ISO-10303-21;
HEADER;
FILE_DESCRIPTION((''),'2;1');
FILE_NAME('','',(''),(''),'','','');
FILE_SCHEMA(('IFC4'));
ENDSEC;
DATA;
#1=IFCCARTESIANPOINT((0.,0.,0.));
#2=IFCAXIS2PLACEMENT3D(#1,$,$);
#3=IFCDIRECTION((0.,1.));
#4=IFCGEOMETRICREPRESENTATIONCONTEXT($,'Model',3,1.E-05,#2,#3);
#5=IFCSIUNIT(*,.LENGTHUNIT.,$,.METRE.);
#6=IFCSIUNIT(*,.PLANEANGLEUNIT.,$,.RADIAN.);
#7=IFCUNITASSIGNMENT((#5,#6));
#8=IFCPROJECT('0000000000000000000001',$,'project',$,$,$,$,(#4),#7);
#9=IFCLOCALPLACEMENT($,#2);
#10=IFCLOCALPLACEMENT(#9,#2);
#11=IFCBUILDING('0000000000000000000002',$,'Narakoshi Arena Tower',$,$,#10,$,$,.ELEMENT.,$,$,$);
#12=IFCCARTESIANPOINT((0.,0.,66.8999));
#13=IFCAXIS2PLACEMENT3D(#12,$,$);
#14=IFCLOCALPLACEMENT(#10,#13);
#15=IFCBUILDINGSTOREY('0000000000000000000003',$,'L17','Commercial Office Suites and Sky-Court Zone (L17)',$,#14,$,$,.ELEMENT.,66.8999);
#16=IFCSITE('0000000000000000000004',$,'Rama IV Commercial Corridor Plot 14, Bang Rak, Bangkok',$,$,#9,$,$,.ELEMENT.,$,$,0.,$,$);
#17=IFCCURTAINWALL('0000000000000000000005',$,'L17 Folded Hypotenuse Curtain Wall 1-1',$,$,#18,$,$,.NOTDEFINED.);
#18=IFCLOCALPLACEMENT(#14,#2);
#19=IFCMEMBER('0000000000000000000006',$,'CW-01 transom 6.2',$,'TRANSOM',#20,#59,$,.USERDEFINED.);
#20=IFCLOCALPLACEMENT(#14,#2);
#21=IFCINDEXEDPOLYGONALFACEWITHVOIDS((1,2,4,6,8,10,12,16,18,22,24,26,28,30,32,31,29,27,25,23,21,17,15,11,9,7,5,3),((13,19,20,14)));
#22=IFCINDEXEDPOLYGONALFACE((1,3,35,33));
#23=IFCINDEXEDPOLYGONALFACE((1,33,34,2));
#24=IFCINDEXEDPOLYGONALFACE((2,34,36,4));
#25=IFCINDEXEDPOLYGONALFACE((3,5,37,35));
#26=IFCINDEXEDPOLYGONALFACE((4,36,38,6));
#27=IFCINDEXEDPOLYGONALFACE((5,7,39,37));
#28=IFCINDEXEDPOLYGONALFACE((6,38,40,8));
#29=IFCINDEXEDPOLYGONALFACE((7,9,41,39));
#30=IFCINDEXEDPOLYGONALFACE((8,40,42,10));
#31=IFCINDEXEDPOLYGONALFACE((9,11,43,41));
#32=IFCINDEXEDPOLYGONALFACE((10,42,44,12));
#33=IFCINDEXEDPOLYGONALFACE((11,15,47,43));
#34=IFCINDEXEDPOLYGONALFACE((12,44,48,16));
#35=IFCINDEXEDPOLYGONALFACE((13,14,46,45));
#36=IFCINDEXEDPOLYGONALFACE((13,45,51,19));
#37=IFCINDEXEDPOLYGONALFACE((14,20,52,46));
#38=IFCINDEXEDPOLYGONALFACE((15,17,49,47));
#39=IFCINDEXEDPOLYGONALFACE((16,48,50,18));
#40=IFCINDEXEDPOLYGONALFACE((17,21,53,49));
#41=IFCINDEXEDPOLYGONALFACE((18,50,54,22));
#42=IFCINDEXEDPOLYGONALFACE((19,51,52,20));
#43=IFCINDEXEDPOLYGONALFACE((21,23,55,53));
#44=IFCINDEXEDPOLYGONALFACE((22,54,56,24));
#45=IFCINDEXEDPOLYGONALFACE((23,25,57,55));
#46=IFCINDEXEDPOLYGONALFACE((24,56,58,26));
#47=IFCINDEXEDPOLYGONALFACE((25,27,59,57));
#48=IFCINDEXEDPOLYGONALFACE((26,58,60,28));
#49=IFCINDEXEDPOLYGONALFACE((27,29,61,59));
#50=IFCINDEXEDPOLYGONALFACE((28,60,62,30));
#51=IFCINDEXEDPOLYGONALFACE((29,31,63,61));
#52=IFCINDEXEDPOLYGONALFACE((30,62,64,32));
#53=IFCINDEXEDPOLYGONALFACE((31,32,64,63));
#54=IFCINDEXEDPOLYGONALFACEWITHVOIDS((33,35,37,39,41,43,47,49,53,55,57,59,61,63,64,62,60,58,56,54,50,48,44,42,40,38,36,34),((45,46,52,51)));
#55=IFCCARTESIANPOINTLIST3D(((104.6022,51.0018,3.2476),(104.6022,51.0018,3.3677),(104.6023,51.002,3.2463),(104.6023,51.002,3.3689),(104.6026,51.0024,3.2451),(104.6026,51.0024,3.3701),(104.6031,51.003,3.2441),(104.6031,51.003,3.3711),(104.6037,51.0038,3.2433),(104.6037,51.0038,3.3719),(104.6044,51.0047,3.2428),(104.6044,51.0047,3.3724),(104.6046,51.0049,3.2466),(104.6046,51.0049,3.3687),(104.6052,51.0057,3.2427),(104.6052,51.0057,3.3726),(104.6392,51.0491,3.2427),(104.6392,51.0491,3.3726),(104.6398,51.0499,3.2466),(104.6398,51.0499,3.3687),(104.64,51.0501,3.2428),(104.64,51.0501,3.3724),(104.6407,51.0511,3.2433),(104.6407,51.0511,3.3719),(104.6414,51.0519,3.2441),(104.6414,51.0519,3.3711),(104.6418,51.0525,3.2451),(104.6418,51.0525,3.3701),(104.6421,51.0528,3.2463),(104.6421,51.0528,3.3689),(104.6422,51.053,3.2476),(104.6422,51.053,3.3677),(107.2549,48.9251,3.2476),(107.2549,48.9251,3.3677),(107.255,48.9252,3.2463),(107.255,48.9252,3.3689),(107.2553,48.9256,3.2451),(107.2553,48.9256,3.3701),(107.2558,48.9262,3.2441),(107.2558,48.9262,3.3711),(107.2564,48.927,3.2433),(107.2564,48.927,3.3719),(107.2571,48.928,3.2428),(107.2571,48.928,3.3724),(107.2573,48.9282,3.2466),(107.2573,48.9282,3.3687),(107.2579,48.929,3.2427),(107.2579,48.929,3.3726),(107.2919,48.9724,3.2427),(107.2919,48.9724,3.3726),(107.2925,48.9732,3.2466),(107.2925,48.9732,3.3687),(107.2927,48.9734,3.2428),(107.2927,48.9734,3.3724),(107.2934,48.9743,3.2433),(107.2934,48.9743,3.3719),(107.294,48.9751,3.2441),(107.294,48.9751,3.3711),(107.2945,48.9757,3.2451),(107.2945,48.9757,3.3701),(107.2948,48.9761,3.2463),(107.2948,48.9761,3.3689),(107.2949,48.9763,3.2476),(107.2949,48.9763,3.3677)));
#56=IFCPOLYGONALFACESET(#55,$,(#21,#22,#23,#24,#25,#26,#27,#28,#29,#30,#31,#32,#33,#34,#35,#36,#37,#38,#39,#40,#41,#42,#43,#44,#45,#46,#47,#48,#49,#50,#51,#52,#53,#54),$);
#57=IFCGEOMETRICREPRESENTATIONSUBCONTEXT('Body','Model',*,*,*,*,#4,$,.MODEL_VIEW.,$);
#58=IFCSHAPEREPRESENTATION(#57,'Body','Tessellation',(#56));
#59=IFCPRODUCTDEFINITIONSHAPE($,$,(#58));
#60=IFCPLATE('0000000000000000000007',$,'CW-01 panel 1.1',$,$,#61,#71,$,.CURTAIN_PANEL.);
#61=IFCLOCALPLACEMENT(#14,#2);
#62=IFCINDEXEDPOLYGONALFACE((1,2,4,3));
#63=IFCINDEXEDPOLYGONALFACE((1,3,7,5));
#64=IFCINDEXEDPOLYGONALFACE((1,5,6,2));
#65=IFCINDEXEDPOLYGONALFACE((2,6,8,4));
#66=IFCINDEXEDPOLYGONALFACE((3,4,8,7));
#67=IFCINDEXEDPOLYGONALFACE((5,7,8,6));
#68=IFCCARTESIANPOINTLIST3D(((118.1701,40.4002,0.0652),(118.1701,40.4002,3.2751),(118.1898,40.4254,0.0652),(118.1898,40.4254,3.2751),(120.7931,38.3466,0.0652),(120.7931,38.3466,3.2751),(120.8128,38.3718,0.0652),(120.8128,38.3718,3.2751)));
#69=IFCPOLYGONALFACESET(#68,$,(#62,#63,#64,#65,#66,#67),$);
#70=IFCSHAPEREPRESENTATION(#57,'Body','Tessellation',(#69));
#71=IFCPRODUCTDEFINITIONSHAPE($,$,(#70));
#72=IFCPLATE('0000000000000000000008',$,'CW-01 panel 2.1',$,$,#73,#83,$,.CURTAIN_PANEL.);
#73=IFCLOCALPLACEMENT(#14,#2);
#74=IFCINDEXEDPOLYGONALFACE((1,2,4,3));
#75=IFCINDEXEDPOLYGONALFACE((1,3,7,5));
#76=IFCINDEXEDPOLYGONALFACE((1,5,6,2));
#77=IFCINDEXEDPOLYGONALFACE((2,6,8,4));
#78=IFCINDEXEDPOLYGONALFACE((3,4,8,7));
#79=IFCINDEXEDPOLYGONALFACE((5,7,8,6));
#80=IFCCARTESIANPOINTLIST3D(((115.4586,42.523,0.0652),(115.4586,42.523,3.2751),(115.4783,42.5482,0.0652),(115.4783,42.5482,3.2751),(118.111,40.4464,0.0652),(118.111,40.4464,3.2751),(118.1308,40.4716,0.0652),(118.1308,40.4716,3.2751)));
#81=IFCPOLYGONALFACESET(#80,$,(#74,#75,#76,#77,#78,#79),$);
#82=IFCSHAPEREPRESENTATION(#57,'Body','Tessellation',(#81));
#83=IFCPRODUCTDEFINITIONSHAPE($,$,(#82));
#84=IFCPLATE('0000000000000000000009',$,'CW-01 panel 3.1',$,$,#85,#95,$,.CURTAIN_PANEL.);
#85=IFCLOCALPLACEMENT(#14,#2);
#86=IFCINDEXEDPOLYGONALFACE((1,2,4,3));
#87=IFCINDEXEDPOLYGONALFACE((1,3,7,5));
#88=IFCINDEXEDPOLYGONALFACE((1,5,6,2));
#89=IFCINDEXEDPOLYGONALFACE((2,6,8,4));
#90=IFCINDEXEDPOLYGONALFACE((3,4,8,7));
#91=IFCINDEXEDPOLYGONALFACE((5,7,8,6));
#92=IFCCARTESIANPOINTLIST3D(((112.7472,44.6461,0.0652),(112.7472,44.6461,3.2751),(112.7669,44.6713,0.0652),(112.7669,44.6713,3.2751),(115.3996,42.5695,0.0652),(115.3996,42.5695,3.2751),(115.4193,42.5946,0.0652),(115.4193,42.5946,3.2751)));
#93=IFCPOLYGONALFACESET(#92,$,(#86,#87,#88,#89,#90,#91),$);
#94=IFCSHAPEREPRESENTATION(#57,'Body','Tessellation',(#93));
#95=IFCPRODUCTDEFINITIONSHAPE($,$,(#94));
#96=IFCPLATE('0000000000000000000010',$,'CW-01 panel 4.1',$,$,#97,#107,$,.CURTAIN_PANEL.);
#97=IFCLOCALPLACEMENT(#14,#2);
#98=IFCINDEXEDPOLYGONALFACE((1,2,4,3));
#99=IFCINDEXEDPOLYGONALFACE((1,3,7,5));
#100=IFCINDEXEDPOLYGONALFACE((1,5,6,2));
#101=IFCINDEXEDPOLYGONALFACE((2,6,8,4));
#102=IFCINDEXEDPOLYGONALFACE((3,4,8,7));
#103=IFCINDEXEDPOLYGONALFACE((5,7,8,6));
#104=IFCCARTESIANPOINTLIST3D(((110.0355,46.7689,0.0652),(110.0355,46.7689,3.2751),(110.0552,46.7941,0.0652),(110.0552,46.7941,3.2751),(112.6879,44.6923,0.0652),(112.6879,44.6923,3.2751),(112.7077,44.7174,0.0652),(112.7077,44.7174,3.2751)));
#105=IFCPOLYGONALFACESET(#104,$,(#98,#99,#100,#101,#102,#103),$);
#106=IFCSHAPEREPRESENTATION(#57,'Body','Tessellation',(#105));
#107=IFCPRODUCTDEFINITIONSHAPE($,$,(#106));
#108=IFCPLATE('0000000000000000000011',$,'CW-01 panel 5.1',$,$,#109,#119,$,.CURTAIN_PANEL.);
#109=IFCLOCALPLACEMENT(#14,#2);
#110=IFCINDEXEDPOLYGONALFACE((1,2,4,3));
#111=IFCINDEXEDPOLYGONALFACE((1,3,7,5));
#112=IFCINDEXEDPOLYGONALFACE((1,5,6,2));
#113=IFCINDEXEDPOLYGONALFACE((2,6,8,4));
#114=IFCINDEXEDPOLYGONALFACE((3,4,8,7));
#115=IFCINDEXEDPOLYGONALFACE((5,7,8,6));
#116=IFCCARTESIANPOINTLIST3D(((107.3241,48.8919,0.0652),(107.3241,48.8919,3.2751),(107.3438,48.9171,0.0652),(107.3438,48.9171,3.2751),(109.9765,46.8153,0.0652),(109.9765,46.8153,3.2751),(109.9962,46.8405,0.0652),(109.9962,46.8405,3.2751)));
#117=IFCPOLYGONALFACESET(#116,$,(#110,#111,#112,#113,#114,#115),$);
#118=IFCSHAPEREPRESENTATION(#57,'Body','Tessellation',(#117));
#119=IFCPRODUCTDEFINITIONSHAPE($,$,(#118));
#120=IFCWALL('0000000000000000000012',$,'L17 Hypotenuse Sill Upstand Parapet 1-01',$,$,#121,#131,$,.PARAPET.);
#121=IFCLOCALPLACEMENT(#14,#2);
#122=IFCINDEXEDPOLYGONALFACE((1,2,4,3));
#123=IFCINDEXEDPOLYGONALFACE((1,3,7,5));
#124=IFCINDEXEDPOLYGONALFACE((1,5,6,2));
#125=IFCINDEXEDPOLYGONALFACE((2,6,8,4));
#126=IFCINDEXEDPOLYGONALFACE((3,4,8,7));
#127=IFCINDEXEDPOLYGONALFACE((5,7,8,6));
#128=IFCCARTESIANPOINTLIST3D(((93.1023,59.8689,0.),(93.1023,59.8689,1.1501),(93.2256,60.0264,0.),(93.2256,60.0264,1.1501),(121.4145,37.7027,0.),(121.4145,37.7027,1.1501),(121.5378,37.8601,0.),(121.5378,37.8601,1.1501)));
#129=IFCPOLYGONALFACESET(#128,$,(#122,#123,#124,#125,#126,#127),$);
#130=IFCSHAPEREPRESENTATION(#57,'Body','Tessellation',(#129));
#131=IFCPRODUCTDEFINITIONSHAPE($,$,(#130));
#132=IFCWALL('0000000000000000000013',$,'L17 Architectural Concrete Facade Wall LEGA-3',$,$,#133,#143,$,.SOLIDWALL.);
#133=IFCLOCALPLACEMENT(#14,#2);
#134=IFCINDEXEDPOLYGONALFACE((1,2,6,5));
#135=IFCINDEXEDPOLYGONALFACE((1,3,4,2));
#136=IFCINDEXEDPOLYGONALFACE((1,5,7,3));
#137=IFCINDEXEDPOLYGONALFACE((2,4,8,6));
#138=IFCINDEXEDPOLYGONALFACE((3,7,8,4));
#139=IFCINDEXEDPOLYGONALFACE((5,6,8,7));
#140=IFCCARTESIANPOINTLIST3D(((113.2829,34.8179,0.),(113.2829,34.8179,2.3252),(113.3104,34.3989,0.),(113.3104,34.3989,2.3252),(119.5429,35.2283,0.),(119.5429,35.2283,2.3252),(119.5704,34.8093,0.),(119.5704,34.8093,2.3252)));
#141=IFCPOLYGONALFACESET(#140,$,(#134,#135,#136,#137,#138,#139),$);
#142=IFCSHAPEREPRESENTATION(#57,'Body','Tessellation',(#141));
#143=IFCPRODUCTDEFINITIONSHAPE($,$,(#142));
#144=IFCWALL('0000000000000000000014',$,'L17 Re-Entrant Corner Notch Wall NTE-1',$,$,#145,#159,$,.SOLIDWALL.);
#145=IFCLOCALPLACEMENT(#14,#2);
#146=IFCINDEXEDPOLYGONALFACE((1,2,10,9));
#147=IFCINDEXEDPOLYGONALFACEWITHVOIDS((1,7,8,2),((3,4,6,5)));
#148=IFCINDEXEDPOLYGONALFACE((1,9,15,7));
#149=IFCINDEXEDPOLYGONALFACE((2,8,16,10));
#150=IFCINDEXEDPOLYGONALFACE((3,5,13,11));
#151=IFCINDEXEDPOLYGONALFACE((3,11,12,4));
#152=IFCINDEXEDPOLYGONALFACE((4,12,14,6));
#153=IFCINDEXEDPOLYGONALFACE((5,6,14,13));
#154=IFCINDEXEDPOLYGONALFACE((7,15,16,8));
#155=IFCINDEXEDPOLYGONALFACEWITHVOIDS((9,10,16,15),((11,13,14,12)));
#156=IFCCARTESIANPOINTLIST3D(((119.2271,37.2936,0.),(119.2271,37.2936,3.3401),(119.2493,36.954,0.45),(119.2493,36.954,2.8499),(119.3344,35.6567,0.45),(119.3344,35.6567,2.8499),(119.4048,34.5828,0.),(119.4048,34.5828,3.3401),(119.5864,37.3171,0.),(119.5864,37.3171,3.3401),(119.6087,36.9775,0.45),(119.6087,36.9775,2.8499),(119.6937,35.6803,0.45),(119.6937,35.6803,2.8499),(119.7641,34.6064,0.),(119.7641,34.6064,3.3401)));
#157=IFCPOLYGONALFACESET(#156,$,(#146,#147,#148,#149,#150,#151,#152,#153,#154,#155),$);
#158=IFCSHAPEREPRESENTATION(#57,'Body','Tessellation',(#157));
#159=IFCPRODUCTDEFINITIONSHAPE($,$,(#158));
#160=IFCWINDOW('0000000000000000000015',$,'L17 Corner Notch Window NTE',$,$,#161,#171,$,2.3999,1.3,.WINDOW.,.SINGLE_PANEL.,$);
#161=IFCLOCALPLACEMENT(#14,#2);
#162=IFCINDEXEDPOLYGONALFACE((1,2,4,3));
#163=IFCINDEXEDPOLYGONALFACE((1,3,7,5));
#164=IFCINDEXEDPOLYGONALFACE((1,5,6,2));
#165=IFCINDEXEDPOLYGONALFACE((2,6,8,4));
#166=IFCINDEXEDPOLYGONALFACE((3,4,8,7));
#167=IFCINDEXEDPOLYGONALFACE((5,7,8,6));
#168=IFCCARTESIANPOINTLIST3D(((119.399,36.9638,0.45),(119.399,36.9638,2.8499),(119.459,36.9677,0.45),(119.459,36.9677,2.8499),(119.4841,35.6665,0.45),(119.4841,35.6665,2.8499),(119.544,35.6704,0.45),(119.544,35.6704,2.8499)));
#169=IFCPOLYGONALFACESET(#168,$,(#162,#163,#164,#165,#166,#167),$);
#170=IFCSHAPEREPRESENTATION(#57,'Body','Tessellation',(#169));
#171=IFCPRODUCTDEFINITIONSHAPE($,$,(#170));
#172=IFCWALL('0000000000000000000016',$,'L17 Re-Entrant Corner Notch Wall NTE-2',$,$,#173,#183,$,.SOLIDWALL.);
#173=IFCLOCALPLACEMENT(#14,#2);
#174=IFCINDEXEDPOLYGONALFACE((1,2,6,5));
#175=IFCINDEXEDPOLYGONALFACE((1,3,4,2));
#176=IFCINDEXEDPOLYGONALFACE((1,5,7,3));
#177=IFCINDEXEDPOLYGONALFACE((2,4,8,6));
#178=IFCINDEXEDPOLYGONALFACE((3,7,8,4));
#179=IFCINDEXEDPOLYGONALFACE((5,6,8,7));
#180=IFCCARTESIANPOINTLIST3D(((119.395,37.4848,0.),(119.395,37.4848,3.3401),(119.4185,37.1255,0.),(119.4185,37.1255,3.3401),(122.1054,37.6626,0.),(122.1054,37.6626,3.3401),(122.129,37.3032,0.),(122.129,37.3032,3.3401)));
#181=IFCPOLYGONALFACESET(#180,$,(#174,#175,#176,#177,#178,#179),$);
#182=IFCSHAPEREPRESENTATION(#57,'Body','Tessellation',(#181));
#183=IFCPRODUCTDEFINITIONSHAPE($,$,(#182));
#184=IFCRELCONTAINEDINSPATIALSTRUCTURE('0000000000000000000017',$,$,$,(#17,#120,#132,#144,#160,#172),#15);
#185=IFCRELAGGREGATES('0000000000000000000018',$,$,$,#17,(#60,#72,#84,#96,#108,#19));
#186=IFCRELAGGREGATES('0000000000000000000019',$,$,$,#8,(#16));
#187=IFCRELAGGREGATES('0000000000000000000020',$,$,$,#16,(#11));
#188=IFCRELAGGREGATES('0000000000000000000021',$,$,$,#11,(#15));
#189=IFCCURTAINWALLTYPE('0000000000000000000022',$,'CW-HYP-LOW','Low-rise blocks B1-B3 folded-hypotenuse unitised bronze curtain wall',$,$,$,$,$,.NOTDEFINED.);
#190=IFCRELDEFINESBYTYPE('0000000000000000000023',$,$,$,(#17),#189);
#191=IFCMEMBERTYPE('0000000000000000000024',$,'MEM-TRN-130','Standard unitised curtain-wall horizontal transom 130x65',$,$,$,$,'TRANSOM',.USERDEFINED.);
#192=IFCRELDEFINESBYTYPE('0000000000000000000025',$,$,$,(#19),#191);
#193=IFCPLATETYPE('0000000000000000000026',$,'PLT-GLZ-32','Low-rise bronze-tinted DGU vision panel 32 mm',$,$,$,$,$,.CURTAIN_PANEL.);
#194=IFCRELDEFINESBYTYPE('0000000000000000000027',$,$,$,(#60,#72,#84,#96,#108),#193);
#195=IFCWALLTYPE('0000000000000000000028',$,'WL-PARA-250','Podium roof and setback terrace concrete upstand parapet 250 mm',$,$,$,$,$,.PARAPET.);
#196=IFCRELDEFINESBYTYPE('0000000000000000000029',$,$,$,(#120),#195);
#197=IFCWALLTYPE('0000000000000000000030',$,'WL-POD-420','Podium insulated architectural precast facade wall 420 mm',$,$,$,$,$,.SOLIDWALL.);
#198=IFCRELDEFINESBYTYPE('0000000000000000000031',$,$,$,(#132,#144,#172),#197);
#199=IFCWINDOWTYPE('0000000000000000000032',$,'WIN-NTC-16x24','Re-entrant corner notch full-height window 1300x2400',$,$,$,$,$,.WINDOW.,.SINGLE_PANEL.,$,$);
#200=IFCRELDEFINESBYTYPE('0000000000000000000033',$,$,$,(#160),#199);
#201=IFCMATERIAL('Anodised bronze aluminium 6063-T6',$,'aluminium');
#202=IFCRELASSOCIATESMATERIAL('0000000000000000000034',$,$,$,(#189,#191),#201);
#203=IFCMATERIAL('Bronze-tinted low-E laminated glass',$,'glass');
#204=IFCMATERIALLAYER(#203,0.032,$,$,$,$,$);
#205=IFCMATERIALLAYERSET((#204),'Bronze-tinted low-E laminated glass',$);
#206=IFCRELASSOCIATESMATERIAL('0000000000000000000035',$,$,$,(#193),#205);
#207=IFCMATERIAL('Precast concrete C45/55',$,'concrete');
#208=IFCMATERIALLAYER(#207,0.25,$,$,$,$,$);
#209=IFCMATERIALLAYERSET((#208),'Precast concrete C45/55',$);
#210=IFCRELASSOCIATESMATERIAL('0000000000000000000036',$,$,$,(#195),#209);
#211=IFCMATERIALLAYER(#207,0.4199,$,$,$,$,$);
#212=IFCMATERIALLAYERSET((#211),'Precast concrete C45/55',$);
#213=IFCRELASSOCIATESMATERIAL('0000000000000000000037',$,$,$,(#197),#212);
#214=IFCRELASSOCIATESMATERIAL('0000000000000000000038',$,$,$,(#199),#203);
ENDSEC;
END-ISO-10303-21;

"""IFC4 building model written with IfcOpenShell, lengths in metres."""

from ifc_helpers import new_model, si_unit, direction, frame, frame_2d, origin, origin_2d, place, context, subcontext, project, spatial, rectangle, hollow_rectangle, extrude, material, layer, layer_set, material_profile, profile_set, type_object, element, fill, aggregate, save


model = new_model("IFC4")

# Units and contexts
model_context = context("Model", 3, precision=1e-05, world=origin(), true_north=direction((0.0, 1.0)))
body_context = subcontext(model_context, "Body", "Model", "MODEL_VIEW")
ifc_project = project(units=[si_unit("LENGTHUNIT", "METRE"), si_unit("PLANEANGLEUNIT", "RADIAN")], contexts=[model_context])

# Site, building, storey
site_placement = place(None, origin())
site = spatial("IfcSite", under=ifc_project, at=site_placement, Name="Rama IV Commercial Corridor Plot 14, Bang Rak, Bangkok", CompositionType="ELEMENT", RefElevation=0.0)
building_placement = place(site_placement, origin())
building = spatial("IfcBuilding", under=site, at=building_placement, Name="Narakoshi Arena Tower", CompositionType="ELEMENT")
storey_placement = place(building_placement, frame((0.0, 0.0, 66.8999)))
storey = spatial("IfcBuildingStorey", under=building, at=storey_placement, Name="L17", Description="Commercial Office Suites and Sky-Court Zone (L17)", CompositionType="ELEMENT", Elevation=66.8999)

# Curtain wall, member, plates
ifc_material_1 = material(Name="Anodised bronze aluminium 6063-T6", Category="aluminium")
curtain_wall_type = type_object("IfcCurtainWallType", Name="CW-HYP-LOW", Description="Low-rise blocks B1-B3 folded-hypotenuse unitised bronze curtain wall", PredefinedType="NOTDEFINED", material=ifc_material_1)
curtain_wall_placement = place(storey_placement, origin())
curtain_wall = element("IfcCurtainWall", 1, at=curtain_wall_placement, inside=storey, type_object=curtain_wall_type, Name="L17 Folded Hypotenuse Curtain Wall 1-1", PredefinedType="NOTDEFINED")
ifc_material_profile_1 = material_profile(ifc_material_1, hollow_rectangle(XDim=0.0649, YDim=0.1299, WallThickness=0.0039, OuterFilletRadius=0.0049, at=origin_2d()), Name="TRN130x65x4")
ifc_profile_set_1 = profile_set([ifc_material_profile_1], Name="Anodised bronze aluminium 6063-T6")
member_type_1 = type_object("IfcMemberType", Name="MEM-TRN-130", Description="Standard unitised curtain-wall horizontal transom 130x65", ElementType="TRANSOM", PredefinedType="USERDEFINED", material=ifc_profile_set_1)
member_1_placement = place(storey_placement, frame((107.2749, 48.9507, 3.3076), z_axis=(-0.787401, 0.616441, 0.0), x_axis=(-0.616441, -0.787401, 0.0)))
member_1 = element("IfcMember", 2, at=member_1_placement, type_object=member_type_1, Name="CW-01 transom 6.2", ObjectType="TRANSOM", PredefinedType="USERDEFINED", context=body_context, shape_type="SweptSolid", body=[
    extrude(hollow_rectangle(XDim=0.0649, YDim=0.1299, WallThickness=0.0039, OuterFilletRadius=0.0049, at=origin_2d()), origin(), (0.0, 0.0, 1.0), 3.3689),
])
ifc_material_2 = material(Name="Bronze-tinted low-E laminated glass", Category="glass")
ifc_layer_1 = layer(ifc_material_2, 0.032)
ifc_layer_set_1 = layer_set([ifc_layer_1], Name="Bronze-tinted low-E laminated glass")
plate_type = type_object("IfcPlateType", Name="PLT-GLZ-32", Description="Low-rise bronze-tinted DGU vision panel 32 mm", PredefinedType="CURTAIN_PANEL", material=ifc_layer_set_1)
plate_1_placement = place(storey_placement, frame((119.4915, 39.386, 0.0652), z_axis=(0.0, 0.0, 1.0), x_axis=(-0.787388, 0.616458, 0.0)))
plate_1 = element("IfcPlate", 3, at=plate_1_placement, type_object=plate_type, Name="CW-01 panel 1.1", PredefinedType="CURTAIN_PANEL", context=body_context, shape_type="SweptSolid", body=[
    extrude(rectangle(XDim=3.3313, YDim=0.032, at=origin_2d()), origin(), (0.0, 0.0, 1.0), 3.21),
])
plate_2_placement = place(storey_placement, frame((116.7947, 41.4973, 0.0652), z_axis=(0.0, 0.0, 1.0), x_axis=(-0.787388, 0.616458, 0.0)))
plate_2 = element("IfcPlate", 4, at=plate_2_placement, type_object=plate_type, Name="CW-01 panel 2.1", PredefinedType="CURTAIN_PANEL", context=body_context, shape_type="SweptSolid", body=[
    extrude(rectangle(XDim=3.3687, YDim=0.032, at=origin_2d()), origin(), (0.0, 0.0, 1.0), 3.21),
])
plate_3_placement = place(storey_placement, frame((114.0833, 43.6204, 0.0652), z_axis=(0.0, 0.0, 1.0), x_axis=(-0.787388, 0.616458, 0.0)))
plate_3 = element("IfcPlate", 5, at=plate_3_placement, type_object=plate_type, Name="CW-01 panel 3.1", PredefinedType="CURTAIN_PANEL", context=body_context, shape_type="SweptSolid", body=[
    extrude(rectangle(XDim=3.3687, YDim=0.032, at=origin_2d()), origin(), (0.0, 0.0, 1.0), 3.21),
])
plate_4_placement = place(storey_placement, frame((111.3716, 45.7432, 0.0652), z_axis=(0.0, 0.0, 1.0), x_axis=(-0.787388, 0.616458, 0.0)))
plate_4 = element("IfcPlate", 6, at=plate_4_placement, type_object=plate_type, Name="CW-01 panel 4.1", PredefinedType="CURTAIN_PANEL", context=body_context, shape_type="SweptSolid", body=[
    extrude(rectangle(XDim=3.3687, YDim=0.032, at=origin_2d()), origin(), (0.0, 0.0, 1.0), 3.21),
])
plate_5_placement = place(storey_placement, frame((108.6602, 47.8662, 0.0652), z_axis=(0.0, 0.0, 1.0), x_axis=(-0.787388, 0.616458, 0.0)))
plate_5 = element("IfcPlate", 7, at=plate_5_placement, type_object=plate_type, Name="CW-01 panel 5.1", PredefinedType="CURTAIN_PANEL", context=body_context, shape_type="SweptSolid", body=[
    extrude(rectangle(XDim=3.3687, YDim=0.032, at=origin_2d()), origin(), (0.0, 0.0, 1.0), 3.21),
])
aggregate(curtain_wall, [plate_1, plate_2, plate_3, plate_4, plate_5, member_1])

# Walls
ifc_material_3 = material(Name="Precast concrete C45/55", Category="concrete")
ifc_layer_2 = layer(ifc_material_3, 0.25)
ifc_layer_set_2 = layer_set([ifc_layer_2], Name="Precast concrete C45/55")
wall_type_1 = type_object("IfcWallType", Name="WL-PARA-250", Description="Podium roof and setback terrace concrete upstand parapet 250 mm", PredefinedType="PARAPET", material=ifc_layer_set_2)
wall_1_placement = place(storey_placement, frame((121.4761, 37.7815, 0.0), z_axis=(0.0, 0.0, 1.0), x_axis=(-0.787386, 0.616461, 0.0)))
element("IfcWall", 8, at=wall_1_placement, inside=storey, type_object=wall_type_1, Name="L17 Hypotenuse Sill Upstand Parapet 1-01", PredefinedType="PARAPET", context=body_context, shape_type="SweptSolid", body=[
    extrude(rectangle(XDim=35.9573, YDim=0.2, at=frame_2d((17.9785, 0.0))), origin(), (0.0, 0.0, 1.0), 1.1501),
])
ifc_layer_3 = layer(ifc_material_3, 0.4199)
ifc_layer_set_3 = layer_set([ifc_layer_3], Name="Precast concrete C45/55")
wall_type_2 = type_object("IfcWallType", Name="WL-POD-420", Description="Podium insulated architectural precast facade wall 420 mm", PredefinedType="SOLIDWALL", material=ifc_layer_set_3)
wall_2_placement = place(storey_placement, frame((113.2966, 34.6084, 0.0), z_axis=(0.0, 0.0, 1.0), x_axis=(0.997858, 0.065419, 0.0)))
element("IfcWall", 9, at=wall_2_placement, inside=storey, type_object=wall_type_2, Name="L17 Architectural Concrete Facade Wall LEGA-3", PredefinedType="SOLIDWALL", context=body_context, shape_type="SweptSolid", body=[
    extrude(rectangle(XDim=6.2734, YDim=0.4199, at=frame_2d((3.1367, 0.0))), origin(), (0.0, 0.0, 1.0), 2.3252),
])

# Wall, opening, window
wall_3_placement = place(storey_placement, frame((119.5845, 34.5945, 0.0), z_axis=(0.0, 0.0, 1.0), x_axis=(-0.065427, 0.997857, 0.0)))
wall_3 = element("IfcWall", 10, at=wall_3_placement, inside=storey, type_object=wall_type_2, Name="L17 Re-Entrant Corner Notch Wall NTE-1", PredefinedType="SOLIDWALL", context=body_context, shape_type="SweptSolid", body=[
    extrude(rectangle(XDim=2.7166, YDim=0.3601, at=frame_2d((1.3584, 0.0))), origin(), (0.0, 0.0, 1.0), 3.3401),
])
opening_placement = place(wall_3_placement, frame((1.0764, 0.0, 0.45)))
opening = element("IfcOpeningElement", 11, at=opening_placement, cuts=wall_3, PredefinedType="OPENING", context=body_context, shape_type="SweptSolid", body=[
    extrude(rectangle(XDim=1.3, YDim=2.3999, at=frame_2d((0.6499, 1.2))), frame((0.0, 0.1899, 0.0), z_axis=(0.0, -1.0, 0.0), x_axis=(1.0, 0.0, 0.0)), (0.0, 0.0, 1.0), 0.3801),
])
window_type = type_object("IfcWindowType", Name="WIN-NTC-16x24", Description="Re-entrant corner notch full-height window 1300x2400", PartitioningType="SINGLE_PANEL", PredefinedType="WINDOW", material=ifc_material_2)
window_placement = place(opening_placement, origin())
window = element("IfcWindow", 12, at=window_placement, inside=storey, type_object=window_type, Name="L17 Corner Notch Window NTE", OverallHeight=2.3999, OverallWidth=1.3, PartitioningType="SINGLE_PANEL", PredefinedType="WINDOW", context=body_context, shape_type="SweptSolid", body=[
    extrude(rectangle(XDim=1.3, YDim=2.3999, at=frame_2d((0.6499, 1.2))), frame((0.0, 0.03, 0.0), z_axis=(0.0, -1.0, 0.0), x_axis=(1.0, 0.0, 0.0)), (0.0, 0.0, 1.0), 0.0601),
])
fill(opening, window)

# Wall
wall_4_placement = place(storey_placement, frame((119.4067, 37.3052, 0.0), z_axis=(0.0, 0.0, 1.0), x_axis=(0.997857, 0.065433, 0.0)))
element("IfcWall", 13, at=wall_4_placement, inside=storey, type_object=wall_type_2, Name="L17 Re-Entrant Corner Notch Wall NTE-2", PredefinedType="SOLIDWALL", context=body_context, shape_type="SweptSolid", body=[
    extrude(rectangle(XDim=2.7163, YDim=0.3601, at=frame_2d((1.3582, 0.0))), origin(), (0.0, 0.0, 1.0), 3.3401),
])

save(model, "model.ifc")
